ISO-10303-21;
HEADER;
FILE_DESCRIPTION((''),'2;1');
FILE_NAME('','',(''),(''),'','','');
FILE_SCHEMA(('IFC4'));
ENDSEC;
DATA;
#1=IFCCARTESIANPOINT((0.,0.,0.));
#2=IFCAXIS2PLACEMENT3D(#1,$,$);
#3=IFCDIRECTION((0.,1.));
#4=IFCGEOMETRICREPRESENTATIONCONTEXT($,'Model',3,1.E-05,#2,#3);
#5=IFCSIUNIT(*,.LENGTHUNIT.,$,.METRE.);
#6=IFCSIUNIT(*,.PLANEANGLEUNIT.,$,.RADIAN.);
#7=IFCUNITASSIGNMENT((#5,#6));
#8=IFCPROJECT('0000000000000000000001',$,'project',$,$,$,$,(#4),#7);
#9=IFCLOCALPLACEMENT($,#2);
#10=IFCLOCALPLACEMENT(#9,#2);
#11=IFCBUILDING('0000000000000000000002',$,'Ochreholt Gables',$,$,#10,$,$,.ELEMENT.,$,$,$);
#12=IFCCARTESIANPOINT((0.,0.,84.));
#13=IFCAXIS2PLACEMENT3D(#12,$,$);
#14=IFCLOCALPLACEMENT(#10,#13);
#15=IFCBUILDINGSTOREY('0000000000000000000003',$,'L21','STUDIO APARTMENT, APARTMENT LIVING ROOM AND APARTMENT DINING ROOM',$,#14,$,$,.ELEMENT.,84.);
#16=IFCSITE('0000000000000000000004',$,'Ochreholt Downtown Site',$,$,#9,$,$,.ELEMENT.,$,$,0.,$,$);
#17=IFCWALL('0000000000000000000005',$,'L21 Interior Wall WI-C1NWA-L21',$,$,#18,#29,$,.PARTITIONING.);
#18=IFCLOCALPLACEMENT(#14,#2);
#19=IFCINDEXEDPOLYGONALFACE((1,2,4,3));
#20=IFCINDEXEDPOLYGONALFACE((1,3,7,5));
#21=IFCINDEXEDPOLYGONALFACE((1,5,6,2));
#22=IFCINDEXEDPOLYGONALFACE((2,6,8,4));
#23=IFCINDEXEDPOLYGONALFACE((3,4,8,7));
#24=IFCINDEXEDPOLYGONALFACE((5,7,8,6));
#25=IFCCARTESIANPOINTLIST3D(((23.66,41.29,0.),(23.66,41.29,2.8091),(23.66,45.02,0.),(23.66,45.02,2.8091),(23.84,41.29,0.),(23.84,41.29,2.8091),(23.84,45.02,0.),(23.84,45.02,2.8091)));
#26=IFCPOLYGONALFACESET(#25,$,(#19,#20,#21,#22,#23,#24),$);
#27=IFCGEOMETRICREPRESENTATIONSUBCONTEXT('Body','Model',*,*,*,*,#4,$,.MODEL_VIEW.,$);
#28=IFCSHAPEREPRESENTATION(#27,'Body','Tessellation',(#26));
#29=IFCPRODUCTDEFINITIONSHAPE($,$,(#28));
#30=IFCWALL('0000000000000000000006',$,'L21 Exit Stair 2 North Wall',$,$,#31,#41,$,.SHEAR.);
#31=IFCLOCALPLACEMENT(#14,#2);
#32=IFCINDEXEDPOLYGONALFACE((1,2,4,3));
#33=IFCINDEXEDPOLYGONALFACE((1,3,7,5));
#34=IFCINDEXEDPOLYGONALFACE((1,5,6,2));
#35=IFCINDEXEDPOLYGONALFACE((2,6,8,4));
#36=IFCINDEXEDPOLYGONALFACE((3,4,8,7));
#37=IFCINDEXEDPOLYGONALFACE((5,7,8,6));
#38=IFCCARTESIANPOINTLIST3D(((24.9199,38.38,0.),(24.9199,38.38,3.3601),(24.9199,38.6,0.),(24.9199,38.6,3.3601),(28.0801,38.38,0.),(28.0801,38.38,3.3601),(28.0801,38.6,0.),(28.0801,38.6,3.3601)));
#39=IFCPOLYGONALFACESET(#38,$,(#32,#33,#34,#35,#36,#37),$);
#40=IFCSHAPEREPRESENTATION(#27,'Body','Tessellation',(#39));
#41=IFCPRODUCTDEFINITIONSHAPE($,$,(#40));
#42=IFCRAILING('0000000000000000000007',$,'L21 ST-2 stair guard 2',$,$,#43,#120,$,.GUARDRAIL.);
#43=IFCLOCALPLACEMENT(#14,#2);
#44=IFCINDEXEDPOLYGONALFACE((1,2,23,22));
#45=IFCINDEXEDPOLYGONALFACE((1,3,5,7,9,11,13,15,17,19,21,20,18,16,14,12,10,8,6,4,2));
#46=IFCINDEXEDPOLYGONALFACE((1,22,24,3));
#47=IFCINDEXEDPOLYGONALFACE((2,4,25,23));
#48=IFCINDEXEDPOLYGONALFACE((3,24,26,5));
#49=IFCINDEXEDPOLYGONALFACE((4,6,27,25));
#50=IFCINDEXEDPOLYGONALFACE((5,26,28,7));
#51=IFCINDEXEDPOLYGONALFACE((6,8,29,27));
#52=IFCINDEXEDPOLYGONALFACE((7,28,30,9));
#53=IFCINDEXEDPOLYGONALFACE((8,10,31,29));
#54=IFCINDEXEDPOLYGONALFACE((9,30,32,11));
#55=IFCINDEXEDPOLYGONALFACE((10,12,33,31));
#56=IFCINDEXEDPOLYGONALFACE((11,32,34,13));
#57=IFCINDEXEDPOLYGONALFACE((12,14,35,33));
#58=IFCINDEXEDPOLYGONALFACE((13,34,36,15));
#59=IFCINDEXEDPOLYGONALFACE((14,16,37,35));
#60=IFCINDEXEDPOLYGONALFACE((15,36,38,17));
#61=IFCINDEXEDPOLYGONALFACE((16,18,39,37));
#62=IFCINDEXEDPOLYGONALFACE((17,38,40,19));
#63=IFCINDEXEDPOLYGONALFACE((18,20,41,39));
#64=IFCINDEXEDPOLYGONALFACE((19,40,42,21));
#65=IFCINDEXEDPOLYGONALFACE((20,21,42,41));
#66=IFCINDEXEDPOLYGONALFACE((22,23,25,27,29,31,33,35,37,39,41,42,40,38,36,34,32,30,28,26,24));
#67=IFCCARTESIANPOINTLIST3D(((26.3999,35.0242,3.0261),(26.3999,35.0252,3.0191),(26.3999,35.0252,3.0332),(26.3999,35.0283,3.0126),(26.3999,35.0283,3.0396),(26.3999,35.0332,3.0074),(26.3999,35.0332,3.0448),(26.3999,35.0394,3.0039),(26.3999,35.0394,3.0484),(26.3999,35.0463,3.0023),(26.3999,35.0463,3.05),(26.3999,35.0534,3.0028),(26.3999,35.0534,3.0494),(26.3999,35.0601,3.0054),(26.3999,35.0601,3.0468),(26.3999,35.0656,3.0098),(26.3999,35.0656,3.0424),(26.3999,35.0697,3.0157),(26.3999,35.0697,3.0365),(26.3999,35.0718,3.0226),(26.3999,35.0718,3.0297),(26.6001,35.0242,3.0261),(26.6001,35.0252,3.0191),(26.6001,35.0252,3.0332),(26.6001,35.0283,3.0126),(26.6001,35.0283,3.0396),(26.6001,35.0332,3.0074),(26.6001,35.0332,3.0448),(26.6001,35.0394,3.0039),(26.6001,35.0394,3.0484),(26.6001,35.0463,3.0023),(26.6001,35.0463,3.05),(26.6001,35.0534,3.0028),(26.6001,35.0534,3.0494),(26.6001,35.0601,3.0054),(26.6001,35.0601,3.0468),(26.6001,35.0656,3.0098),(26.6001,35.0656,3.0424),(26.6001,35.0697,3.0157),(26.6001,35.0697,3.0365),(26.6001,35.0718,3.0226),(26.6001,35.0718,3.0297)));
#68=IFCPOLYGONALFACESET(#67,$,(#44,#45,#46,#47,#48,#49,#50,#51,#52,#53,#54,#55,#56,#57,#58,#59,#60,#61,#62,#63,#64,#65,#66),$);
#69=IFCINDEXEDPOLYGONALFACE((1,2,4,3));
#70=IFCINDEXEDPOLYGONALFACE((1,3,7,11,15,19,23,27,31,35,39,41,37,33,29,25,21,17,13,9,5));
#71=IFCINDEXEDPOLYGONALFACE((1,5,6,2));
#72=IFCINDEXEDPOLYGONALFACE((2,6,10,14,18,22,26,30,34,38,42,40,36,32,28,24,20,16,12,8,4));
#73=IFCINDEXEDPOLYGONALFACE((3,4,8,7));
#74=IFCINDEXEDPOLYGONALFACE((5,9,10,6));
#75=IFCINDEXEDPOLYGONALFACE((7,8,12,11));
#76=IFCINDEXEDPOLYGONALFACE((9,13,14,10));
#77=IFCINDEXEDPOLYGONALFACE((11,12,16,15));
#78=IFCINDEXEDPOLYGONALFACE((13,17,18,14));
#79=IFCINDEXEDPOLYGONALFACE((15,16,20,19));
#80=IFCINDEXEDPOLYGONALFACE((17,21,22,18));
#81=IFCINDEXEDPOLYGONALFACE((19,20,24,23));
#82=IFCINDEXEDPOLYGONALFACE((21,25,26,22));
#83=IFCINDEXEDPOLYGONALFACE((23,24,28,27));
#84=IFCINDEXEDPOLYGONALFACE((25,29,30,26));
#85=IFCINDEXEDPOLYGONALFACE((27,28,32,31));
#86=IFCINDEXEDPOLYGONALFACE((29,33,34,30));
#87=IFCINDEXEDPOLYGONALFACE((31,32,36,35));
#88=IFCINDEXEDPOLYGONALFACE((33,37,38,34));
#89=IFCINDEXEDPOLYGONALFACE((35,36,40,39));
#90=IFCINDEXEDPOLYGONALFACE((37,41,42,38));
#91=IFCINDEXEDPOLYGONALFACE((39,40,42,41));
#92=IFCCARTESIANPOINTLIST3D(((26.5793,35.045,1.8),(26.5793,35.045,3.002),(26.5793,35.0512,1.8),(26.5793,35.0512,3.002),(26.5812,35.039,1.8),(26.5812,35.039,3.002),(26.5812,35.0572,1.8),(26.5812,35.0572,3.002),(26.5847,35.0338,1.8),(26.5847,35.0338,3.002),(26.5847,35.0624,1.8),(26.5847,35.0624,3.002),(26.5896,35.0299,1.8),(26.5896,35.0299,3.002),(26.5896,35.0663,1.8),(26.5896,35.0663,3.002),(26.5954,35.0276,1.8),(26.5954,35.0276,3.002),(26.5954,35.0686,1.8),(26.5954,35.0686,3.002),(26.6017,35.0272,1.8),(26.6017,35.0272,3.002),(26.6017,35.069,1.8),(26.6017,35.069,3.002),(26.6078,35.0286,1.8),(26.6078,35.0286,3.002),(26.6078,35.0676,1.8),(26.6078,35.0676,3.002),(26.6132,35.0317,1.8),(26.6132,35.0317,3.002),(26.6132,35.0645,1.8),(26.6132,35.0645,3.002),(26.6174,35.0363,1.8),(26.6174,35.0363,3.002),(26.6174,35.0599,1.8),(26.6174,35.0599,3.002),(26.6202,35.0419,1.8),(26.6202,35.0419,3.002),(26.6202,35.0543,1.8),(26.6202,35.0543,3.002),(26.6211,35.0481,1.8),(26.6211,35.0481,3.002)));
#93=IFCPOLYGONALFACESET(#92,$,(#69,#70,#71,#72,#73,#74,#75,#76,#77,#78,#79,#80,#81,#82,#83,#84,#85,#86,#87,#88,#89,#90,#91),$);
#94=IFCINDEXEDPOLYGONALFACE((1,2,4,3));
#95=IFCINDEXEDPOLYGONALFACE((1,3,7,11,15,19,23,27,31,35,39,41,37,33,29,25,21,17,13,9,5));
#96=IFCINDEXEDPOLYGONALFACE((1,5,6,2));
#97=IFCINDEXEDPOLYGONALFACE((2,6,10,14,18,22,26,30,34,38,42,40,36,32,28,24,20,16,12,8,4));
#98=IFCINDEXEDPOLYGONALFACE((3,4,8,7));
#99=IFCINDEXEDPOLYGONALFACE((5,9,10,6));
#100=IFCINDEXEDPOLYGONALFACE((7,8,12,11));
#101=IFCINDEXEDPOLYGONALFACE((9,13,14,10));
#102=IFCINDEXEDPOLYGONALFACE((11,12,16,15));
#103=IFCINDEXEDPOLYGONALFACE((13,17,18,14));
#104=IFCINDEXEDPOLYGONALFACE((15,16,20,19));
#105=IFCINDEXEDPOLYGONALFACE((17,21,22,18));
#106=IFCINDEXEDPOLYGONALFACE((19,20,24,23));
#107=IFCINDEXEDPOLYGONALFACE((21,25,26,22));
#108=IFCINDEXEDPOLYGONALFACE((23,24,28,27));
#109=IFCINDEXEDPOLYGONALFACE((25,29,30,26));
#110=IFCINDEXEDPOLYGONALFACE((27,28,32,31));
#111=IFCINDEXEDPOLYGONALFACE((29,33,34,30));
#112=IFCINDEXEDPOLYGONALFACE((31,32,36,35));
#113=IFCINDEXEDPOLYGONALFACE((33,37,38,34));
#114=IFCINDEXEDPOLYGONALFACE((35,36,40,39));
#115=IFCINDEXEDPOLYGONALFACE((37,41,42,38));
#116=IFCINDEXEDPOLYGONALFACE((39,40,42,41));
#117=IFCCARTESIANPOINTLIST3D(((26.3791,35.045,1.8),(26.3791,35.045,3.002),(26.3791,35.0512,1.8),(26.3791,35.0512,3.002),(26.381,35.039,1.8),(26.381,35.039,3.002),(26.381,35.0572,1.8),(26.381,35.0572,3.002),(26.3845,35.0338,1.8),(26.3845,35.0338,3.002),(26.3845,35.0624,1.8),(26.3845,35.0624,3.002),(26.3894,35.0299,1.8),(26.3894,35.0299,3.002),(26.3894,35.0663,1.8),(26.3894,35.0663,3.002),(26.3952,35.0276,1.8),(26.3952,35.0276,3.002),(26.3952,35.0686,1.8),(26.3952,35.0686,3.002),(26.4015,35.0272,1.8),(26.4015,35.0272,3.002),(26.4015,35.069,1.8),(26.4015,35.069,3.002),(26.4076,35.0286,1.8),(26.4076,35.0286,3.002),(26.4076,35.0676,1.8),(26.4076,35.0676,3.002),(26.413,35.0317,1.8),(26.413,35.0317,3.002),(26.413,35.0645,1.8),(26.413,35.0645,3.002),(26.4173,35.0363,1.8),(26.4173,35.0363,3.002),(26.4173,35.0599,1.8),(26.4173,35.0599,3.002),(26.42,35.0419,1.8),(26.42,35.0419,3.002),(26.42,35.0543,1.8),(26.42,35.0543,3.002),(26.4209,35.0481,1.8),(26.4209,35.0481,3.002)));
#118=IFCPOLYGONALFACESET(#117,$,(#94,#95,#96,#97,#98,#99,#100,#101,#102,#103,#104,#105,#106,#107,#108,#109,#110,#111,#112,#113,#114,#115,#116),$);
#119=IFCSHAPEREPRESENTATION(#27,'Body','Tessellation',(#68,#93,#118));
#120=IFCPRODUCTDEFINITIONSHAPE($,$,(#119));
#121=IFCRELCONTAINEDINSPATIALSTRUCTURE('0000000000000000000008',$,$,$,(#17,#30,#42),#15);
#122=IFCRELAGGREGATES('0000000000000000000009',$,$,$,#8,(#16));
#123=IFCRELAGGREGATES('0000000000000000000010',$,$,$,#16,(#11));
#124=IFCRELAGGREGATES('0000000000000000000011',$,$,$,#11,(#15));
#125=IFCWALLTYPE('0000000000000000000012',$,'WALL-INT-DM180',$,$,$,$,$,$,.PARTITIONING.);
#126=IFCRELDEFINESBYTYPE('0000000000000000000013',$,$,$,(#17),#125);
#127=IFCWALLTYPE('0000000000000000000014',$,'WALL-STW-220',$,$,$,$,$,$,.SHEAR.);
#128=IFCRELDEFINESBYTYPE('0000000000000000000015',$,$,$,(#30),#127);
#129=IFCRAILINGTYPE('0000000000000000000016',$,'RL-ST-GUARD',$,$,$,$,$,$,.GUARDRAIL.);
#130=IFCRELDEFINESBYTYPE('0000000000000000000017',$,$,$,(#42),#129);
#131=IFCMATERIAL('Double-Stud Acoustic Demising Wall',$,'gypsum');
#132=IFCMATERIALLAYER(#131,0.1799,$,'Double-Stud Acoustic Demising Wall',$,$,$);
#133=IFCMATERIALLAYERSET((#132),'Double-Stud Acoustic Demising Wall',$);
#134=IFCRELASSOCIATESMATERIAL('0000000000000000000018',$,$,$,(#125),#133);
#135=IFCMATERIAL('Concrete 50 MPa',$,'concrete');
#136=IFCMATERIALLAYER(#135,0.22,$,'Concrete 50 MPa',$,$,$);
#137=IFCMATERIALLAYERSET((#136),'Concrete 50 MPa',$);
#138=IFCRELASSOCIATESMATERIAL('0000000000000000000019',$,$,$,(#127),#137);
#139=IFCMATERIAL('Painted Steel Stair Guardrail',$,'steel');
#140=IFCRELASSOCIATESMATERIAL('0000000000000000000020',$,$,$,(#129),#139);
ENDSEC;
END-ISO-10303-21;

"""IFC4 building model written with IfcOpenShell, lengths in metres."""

from ifc_helpers import new_model, si_unit, direction, frame, frame_2d, origin, origin_2d, place, context, subcontext, project, spatial, rectangle, circle, extrude, material, layer, layer_set, type_object, element, save


model = new_model("IFC4")

# Units and contexts
model_context = context("Model", 3, precision=1e-05, world=origin(), true_north=direction((0.0, 1.0)))
body_context = subcontext(model_context, "Body", "Model", "MODEL_VIEW")
ifc_project = project(units=[si_unit("LENGTHUNIT", "METRE"), si_unit("PLANEANGLEUNIT", "RADIAN")], contexts=[model_context])

# Site, building, storey
site_placement = place(None, origin())
site = spatial("IfcSite", under=ifc_project, at=site_placement, Name="Ochreholt Downtown Site", CompositionType="ELEMENT", RefElevation=0.0)
building_placement = place(site_placement, origin())
building = spatial("IfcBuilding", under=site, at=building_placement, Name="Ochreholt Gables", CompositionType="ELEMENT")
storey_placement = place(building_placement, frame((0.0, 0.0, 84.0)))
storey = spatial("IfcBuildingStorey", under=building, at=storey_placement, Name="L21", Description="STUDIO APARTMENT, APARTMENT LIVING ROOM AND APARTMENT DINING ROOM", CompositionType="ELEMENT", Elevation=84.0)

# Walls
ifc_material_1 = material(Name="Double-Stud Acoustic Demising Wall", Category="gypsum")
ifc_layer_1 = layer(ifc_material_1, 0.1799, Name="Double-Stud Acoustic Demising Wall")
ifc_layer_set_1 = layer_set([ifc_layer_1], Name="Double-Stud Acoustic Demising Wall")
wall_type_1 = type_object("IfcWallType", Name="WALL-INT-DM180", PredefinedType="PARTITIONING", material=ifc_layer_set_1)
wall_1_placement = place(storey_placement, frame((23.75, 41.29, 0.0), z_axis=(0.0, 0.0, 1.0), x_axis=(0.0, 1.0, 0.0)))
element("IfcWall", 1, at=wall_1_placement, inside=storey, type_object=wall_type_1, Name="L21 Interior Wall WI-C1NWA-L21", PredefinedType="PARTITIONING", context=body_context, shape_type="SweptSolid", body=[
    extrude(rectangle(XDim=3.73, YDim=0.1799, at=frame_2d((1.865, 0.0))), origin(), (0.0, 0.0, 1.0), 2.8091),
])
ifc_material_2 = material(Name="Concrete 50 MPa", Category="concrete")
ifc_layer_2 = layer(ifc_material_2, 0.22, Name="Concrete 50 MPa")
ifc_layer_set_2 = layer_set([ifc_layer_2], Name="Concrete 50 MPa")
wall_type_2 = type_object("IfcWallType", Name="WALL-STW-220", PredefinedType="SHEAR", material=ifc_layer_set_2)
wall_2_placement = place(storey_placement, frame((24.9199, 38.49, 0.0), z_axis=(0.0, 0.0, 1.0), x_axis=(1.0, 0.0, 0.0)))
element("IfcWall", 2, at=wall_2_placement, inside=storey, type_object=wall_type_2, Name="L21 Exit Stair 2 North Wall", PredefinedType="SHEAR", context=body_context, shape_type="SweptSolid", body=[
    extrude(rectangle(XDim=3.1602, YDim=0.22, at=frame_2d((1.5801, 0.0))), origin(), (0.0, 0.0, 1.0), 3.3601),
])

# Railing
ifc_material_3 = material(Name="Painted Steel Stair Guardrail", Category="steel")
railing_type = type_object("IfcRailingType", Name="RL-ST-GUARD", PredefinedType="GUARDRAIL", material=ifc_material_3)
railing_placement = place(storey_placement, frame((26.6001, 35.0481, 1.8)))
element("IfcRailing", 3, at=railing_placement, inside=storey, type_object=railing_type, Name="L21 ST-2 stair guard 2", PredefinedType="GUARDRAIL", context=body_context, shape_type="SweptSolid", body=[
    extrude(circle(Radius=0.0239, at=origin_2d()), frame((0.0, 0.0, 1.2261), z_axis=(-1.0, 0.0, 0.0), x_axis=(0.0, -1.0, 0.0)), (0.0, 0.0, 1.0), 0.2002),
    extrude(circle(Radius=0.021, at=origin_2d()), origin(), (0.0, 0.0, 1.0), 1.2019),
    extrude(circle(Radius=0.021, at=origin_2d()), frame((-0.2002, 0.0, 0.0)), (0.0, 0.0, 1.0), 1.2019),
])

save(model, "model.ifc")
